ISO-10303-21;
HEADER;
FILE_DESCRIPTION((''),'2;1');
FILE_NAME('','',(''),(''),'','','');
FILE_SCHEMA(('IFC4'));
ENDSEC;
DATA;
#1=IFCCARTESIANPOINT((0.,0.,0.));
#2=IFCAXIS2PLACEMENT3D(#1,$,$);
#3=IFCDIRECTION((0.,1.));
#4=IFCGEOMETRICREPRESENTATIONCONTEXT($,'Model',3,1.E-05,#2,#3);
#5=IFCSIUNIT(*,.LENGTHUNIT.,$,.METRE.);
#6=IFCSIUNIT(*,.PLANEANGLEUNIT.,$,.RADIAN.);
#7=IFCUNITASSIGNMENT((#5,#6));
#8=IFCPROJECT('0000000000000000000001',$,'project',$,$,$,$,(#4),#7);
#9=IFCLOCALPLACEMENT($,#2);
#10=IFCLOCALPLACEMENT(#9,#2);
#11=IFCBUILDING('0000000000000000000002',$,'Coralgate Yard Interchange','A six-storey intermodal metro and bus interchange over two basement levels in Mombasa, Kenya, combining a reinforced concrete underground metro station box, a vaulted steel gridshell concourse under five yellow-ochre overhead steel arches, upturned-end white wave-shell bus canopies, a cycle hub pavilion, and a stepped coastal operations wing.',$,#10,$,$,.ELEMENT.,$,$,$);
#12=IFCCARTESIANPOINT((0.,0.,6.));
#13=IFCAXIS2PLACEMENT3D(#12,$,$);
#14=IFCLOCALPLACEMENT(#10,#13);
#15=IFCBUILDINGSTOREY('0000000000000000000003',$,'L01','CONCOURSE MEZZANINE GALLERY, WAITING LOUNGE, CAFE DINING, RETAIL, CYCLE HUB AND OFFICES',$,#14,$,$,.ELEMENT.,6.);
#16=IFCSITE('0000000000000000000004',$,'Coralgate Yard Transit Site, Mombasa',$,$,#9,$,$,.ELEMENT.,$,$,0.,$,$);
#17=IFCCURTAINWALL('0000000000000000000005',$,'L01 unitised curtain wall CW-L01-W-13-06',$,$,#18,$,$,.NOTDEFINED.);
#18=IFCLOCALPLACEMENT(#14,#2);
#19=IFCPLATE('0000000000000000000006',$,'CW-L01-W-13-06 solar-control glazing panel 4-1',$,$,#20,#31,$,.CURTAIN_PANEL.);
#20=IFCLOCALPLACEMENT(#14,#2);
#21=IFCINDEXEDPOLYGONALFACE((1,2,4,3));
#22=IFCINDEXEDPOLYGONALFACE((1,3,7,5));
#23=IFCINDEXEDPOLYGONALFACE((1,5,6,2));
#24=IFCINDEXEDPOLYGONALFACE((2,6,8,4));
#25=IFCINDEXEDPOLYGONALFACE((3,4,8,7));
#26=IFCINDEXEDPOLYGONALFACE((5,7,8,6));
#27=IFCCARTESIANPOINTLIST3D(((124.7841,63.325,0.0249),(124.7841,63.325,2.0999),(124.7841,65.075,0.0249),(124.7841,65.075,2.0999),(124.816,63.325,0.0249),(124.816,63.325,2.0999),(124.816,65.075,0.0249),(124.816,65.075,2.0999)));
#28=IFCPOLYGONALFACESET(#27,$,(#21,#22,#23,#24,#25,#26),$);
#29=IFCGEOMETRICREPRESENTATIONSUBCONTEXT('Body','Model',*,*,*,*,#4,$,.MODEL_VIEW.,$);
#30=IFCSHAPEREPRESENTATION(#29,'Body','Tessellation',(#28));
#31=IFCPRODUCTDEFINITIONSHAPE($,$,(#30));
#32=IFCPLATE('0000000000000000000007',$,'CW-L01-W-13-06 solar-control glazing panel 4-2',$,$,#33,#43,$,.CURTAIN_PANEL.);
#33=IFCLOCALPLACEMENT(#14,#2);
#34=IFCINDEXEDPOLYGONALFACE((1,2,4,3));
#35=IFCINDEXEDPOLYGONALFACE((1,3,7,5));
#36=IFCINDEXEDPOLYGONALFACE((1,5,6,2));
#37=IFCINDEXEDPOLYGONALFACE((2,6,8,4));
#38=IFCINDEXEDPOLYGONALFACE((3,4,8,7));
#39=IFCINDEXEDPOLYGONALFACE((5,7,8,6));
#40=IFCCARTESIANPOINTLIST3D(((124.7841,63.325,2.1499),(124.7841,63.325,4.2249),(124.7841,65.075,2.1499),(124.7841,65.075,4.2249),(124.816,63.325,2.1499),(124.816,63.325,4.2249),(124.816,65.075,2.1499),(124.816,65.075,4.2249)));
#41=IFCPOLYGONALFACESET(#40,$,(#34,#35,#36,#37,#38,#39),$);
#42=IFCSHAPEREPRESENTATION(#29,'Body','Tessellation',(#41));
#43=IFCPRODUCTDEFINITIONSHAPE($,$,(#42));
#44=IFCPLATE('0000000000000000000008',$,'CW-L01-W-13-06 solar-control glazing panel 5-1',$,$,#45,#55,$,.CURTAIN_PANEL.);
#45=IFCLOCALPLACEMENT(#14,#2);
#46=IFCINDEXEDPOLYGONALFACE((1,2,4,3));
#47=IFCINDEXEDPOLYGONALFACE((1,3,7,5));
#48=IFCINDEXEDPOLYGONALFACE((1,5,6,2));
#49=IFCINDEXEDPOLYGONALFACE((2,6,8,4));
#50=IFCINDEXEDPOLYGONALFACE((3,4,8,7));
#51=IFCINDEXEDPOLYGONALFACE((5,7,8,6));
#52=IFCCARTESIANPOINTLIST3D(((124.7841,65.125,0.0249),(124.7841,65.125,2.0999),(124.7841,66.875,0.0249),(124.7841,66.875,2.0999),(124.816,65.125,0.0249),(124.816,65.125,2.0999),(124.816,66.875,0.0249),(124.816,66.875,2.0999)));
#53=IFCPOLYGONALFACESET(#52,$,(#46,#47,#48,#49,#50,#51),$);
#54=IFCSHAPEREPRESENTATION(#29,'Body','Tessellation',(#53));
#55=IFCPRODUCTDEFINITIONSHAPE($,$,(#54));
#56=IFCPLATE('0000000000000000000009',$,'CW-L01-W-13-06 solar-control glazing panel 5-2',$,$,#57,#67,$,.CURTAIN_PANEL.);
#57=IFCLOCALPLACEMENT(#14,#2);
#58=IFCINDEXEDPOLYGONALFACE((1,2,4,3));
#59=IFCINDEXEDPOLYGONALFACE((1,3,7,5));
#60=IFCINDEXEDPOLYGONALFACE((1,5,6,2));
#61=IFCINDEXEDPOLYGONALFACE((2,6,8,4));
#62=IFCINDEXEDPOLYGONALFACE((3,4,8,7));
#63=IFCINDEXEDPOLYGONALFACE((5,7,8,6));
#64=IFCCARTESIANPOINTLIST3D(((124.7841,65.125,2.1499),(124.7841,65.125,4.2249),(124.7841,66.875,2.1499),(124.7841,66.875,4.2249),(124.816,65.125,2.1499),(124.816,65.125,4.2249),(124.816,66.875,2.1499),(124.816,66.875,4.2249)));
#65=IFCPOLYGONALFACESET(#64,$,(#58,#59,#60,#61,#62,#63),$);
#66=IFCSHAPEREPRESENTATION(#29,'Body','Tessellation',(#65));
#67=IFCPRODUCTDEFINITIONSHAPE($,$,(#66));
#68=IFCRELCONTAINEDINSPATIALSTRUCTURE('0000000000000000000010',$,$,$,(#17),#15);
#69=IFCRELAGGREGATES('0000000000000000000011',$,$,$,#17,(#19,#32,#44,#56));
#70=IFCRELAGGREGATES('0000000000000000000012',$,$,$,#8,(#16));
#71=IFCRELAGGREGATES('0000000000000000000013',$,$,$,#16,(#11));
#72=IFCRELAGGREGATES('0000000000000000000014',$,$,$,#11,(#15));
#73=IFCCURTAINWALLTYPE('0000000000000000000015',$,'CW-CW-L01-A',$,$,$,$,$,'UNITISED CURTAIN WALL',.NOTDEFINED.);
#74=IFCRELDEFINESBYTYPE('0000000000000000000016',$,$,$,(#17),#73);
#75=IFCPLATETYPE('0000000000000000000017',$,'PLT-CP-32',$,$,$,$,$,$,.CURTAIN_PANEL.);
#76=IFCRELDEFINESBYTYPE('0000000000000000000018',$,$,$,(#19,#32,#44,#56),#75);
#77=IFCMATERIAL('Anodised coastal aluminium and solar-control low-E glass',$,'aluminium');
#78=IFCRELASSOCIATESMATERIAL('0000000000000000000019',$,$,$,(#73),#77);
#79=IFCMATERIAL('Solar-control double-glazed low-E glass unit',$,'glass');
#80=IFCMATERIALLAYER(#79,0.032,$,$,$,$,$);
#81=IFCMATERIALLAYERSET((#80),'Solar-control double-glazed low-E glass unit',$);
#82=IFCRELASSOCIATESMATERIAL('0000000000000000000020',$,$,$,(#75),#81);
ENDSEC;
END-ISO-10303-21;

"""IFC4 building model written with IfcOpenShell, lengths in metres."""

from ifc_helpers import new_model, si_unit, direction, frame, origin, origin_2d, place, context, subcontext, project, spatial, rectangle, extrude, material, layer, layer_set, type_object, element, aggregate, save


model = new_model("IFC4")

# Units and contexts
model_context = context("Model", 3, precision=1e-05, world=origin(), true_north=direction((0.0, 1.0)))
body_context = subcontext(model_context, "Body", "Model", "MODEL_VIEW")
ifc_project = project(units=[si_unit("LENGTHUNIT", "METRE"), si_unit("PLANEANGLEUNIT", "RADIAN")], contexts=[model_context])

# Site, building, storey
site_placement = place(None, origin())
site = spatial("IfcSite", under=ifc_project, at=site_placement, Name="Coralgate Yard Transit Site, Mombasa", CompositionType="ELEMENT", RefElevation=0.0)
building_placement = place(site_placement, origin())
building = spatial("IfcBuilding", under=site, at=building_placement, Name="Coralgate Yard Interchange", Description="A six-storey intermodal metro and bus interchange over two basement levels in Mombasa, Kenya, combining a reinforced concrete underground metro station box, a vaulted steel gridshell concourse under five yellow-ochre overhead steel arches, upturned-end white wave-shell bus canopies, a cycle hub pavilion, and a stepped coastal operations wing.", CompositionType="ELEMENT")
storey_placement = place(building_placement, frame((0.0, 0.0, 6.0)))
storey = spatial("IfcBuildingStorey", under=building, at=storey_placement, Name="L01", Description="CONCOURSE MEZZANINE GALLERY, WAITING LOUNGE, CAFE DINING, RETAIL, CYCLE HUB AND OFFICES", CompositionType="ELEMENT", Elevation=6.0)

# Curtain wall
ifc_material_1 = material(Name="Anodised coastal aluminium and solar-control low-E glass", Category="aluminium")
curtain_wall_type = type_object("IfcCurtainWallType", Name="CW-CW-L01-A", ElementType="UNITISED CURTAIN WALL", PredefinedType="NOTDEFINED", material=ifc_material_1)
curtain_wall_1_placement = place(storey_placement, origin())
curtain_wall_1 = element("IfcCurtainWall", 1, at=curtain_wall_1_placement, inside=storey, type_object=curtain_wall_type, Name="L01 unitised curtain wall CW-L01-W-13-06", PredefinedType="NOTDEFINED")

# Plates
ifc_material_2 = material(Name="Solar-control double-glazed low-E glass unit", Category="glass")
ifc_layer = layer(ifc_material_2, 0.032)
ifc_layer_set = layer_set([ifc_layer], Name="Solar-control double-glazed low-E glass unit")
plate_type = type_object("IfcPlateType", Name="PLT-CP-32", PredefinedType="CURTAIN_PANEL", material=ifc_layer_set)
plate_1_placement = place(storey_placement, frame((124.8, 64.2, 0.0249), z_axis=(0.0, 0.0, 1.0), x_axis=(0.0, 1.0, 0.0)))
plate_1 = element("IfcPlate", 2, at=plate_1_placement, type_object=plate_type, Name="CW-L01-W-13-06 solar-control glazing panel 4-1", PredefinedType="CURTAIN_PANEL", context=body_context, shape_type="SweptSolid", body=[
    extrude(rectangle(XDim=1.75, YDim=0.032, at=origin_2d()), origin(), (0.0, 0.0, 1.0), 2.075),
])
plate_2_placement = place(storey_placement, frame((124.8, 64.2, 2.1499), z_axis=(0.0, 0.0, 1.0), x_axis=(0.0, 1.0, 0.0)))
plate_2 = element("IfcPlate", 3, at=plate_2_placement, type_object=plate_type, Name="CW-L01-W-13-06 solar-control glazing panel 4-2", PredefinedType="CURTAIN_PANEL", context=body_context, shape_type="SweptSolid", body=[
    extrude(rectangle(XDim=1.75, YDim=0.032, at=origin_2d()), origin(), (0.0, 0.0, 1.0), 2.075),
])
plate_3_placement = place(storey_placement, frame((124.8, 66.0, 0.0249), z_axis=(0.0, 0.0, 1.0), x_axis=(0.0, 1.0, 0.0)))
plate_3 = element("IfcPlate", 4, at=plate_3_placement, type_object=plate_type, Name="CW-L01-W-13-06 solar-control glazing panel 5-1", PredefinedType="CURTAIN_PANEL", context=body_context, shape_type="SweptSolid", body=[
    extrude(rectangle(XDim=1.75, YDim=0.032, at=origin_2d()), origin(), (0.0, 0.0, 1.0), 2.075),
])
plate_4_placement = place(storey_placement, frame((124.8, 66.0, 2.1499), z_axis=(0.0, 0.0, 1.0), x_axis=(0.0, 1.0, 0.0)))
plate_4 = element("IfcPlate", 5, at=plate_4_placement, type_object=plate_type, Name="CW-L01-W-13-06 solar-control glazing panel 5-2", PredefinedType="CURTAIN_PANEL", context=body_context, shape_type="SweptSolid", body=[
    extrude(rectangle(XDim=1.75, YDim=0.032, at=origin_2d()), origin(), (0.0, 0.0, 1.0), 2.075),
])
aggregate(curtain_wall_1, [plate_1, plate_2, plate_3, plate_4])

save(model, "model.ifc")
